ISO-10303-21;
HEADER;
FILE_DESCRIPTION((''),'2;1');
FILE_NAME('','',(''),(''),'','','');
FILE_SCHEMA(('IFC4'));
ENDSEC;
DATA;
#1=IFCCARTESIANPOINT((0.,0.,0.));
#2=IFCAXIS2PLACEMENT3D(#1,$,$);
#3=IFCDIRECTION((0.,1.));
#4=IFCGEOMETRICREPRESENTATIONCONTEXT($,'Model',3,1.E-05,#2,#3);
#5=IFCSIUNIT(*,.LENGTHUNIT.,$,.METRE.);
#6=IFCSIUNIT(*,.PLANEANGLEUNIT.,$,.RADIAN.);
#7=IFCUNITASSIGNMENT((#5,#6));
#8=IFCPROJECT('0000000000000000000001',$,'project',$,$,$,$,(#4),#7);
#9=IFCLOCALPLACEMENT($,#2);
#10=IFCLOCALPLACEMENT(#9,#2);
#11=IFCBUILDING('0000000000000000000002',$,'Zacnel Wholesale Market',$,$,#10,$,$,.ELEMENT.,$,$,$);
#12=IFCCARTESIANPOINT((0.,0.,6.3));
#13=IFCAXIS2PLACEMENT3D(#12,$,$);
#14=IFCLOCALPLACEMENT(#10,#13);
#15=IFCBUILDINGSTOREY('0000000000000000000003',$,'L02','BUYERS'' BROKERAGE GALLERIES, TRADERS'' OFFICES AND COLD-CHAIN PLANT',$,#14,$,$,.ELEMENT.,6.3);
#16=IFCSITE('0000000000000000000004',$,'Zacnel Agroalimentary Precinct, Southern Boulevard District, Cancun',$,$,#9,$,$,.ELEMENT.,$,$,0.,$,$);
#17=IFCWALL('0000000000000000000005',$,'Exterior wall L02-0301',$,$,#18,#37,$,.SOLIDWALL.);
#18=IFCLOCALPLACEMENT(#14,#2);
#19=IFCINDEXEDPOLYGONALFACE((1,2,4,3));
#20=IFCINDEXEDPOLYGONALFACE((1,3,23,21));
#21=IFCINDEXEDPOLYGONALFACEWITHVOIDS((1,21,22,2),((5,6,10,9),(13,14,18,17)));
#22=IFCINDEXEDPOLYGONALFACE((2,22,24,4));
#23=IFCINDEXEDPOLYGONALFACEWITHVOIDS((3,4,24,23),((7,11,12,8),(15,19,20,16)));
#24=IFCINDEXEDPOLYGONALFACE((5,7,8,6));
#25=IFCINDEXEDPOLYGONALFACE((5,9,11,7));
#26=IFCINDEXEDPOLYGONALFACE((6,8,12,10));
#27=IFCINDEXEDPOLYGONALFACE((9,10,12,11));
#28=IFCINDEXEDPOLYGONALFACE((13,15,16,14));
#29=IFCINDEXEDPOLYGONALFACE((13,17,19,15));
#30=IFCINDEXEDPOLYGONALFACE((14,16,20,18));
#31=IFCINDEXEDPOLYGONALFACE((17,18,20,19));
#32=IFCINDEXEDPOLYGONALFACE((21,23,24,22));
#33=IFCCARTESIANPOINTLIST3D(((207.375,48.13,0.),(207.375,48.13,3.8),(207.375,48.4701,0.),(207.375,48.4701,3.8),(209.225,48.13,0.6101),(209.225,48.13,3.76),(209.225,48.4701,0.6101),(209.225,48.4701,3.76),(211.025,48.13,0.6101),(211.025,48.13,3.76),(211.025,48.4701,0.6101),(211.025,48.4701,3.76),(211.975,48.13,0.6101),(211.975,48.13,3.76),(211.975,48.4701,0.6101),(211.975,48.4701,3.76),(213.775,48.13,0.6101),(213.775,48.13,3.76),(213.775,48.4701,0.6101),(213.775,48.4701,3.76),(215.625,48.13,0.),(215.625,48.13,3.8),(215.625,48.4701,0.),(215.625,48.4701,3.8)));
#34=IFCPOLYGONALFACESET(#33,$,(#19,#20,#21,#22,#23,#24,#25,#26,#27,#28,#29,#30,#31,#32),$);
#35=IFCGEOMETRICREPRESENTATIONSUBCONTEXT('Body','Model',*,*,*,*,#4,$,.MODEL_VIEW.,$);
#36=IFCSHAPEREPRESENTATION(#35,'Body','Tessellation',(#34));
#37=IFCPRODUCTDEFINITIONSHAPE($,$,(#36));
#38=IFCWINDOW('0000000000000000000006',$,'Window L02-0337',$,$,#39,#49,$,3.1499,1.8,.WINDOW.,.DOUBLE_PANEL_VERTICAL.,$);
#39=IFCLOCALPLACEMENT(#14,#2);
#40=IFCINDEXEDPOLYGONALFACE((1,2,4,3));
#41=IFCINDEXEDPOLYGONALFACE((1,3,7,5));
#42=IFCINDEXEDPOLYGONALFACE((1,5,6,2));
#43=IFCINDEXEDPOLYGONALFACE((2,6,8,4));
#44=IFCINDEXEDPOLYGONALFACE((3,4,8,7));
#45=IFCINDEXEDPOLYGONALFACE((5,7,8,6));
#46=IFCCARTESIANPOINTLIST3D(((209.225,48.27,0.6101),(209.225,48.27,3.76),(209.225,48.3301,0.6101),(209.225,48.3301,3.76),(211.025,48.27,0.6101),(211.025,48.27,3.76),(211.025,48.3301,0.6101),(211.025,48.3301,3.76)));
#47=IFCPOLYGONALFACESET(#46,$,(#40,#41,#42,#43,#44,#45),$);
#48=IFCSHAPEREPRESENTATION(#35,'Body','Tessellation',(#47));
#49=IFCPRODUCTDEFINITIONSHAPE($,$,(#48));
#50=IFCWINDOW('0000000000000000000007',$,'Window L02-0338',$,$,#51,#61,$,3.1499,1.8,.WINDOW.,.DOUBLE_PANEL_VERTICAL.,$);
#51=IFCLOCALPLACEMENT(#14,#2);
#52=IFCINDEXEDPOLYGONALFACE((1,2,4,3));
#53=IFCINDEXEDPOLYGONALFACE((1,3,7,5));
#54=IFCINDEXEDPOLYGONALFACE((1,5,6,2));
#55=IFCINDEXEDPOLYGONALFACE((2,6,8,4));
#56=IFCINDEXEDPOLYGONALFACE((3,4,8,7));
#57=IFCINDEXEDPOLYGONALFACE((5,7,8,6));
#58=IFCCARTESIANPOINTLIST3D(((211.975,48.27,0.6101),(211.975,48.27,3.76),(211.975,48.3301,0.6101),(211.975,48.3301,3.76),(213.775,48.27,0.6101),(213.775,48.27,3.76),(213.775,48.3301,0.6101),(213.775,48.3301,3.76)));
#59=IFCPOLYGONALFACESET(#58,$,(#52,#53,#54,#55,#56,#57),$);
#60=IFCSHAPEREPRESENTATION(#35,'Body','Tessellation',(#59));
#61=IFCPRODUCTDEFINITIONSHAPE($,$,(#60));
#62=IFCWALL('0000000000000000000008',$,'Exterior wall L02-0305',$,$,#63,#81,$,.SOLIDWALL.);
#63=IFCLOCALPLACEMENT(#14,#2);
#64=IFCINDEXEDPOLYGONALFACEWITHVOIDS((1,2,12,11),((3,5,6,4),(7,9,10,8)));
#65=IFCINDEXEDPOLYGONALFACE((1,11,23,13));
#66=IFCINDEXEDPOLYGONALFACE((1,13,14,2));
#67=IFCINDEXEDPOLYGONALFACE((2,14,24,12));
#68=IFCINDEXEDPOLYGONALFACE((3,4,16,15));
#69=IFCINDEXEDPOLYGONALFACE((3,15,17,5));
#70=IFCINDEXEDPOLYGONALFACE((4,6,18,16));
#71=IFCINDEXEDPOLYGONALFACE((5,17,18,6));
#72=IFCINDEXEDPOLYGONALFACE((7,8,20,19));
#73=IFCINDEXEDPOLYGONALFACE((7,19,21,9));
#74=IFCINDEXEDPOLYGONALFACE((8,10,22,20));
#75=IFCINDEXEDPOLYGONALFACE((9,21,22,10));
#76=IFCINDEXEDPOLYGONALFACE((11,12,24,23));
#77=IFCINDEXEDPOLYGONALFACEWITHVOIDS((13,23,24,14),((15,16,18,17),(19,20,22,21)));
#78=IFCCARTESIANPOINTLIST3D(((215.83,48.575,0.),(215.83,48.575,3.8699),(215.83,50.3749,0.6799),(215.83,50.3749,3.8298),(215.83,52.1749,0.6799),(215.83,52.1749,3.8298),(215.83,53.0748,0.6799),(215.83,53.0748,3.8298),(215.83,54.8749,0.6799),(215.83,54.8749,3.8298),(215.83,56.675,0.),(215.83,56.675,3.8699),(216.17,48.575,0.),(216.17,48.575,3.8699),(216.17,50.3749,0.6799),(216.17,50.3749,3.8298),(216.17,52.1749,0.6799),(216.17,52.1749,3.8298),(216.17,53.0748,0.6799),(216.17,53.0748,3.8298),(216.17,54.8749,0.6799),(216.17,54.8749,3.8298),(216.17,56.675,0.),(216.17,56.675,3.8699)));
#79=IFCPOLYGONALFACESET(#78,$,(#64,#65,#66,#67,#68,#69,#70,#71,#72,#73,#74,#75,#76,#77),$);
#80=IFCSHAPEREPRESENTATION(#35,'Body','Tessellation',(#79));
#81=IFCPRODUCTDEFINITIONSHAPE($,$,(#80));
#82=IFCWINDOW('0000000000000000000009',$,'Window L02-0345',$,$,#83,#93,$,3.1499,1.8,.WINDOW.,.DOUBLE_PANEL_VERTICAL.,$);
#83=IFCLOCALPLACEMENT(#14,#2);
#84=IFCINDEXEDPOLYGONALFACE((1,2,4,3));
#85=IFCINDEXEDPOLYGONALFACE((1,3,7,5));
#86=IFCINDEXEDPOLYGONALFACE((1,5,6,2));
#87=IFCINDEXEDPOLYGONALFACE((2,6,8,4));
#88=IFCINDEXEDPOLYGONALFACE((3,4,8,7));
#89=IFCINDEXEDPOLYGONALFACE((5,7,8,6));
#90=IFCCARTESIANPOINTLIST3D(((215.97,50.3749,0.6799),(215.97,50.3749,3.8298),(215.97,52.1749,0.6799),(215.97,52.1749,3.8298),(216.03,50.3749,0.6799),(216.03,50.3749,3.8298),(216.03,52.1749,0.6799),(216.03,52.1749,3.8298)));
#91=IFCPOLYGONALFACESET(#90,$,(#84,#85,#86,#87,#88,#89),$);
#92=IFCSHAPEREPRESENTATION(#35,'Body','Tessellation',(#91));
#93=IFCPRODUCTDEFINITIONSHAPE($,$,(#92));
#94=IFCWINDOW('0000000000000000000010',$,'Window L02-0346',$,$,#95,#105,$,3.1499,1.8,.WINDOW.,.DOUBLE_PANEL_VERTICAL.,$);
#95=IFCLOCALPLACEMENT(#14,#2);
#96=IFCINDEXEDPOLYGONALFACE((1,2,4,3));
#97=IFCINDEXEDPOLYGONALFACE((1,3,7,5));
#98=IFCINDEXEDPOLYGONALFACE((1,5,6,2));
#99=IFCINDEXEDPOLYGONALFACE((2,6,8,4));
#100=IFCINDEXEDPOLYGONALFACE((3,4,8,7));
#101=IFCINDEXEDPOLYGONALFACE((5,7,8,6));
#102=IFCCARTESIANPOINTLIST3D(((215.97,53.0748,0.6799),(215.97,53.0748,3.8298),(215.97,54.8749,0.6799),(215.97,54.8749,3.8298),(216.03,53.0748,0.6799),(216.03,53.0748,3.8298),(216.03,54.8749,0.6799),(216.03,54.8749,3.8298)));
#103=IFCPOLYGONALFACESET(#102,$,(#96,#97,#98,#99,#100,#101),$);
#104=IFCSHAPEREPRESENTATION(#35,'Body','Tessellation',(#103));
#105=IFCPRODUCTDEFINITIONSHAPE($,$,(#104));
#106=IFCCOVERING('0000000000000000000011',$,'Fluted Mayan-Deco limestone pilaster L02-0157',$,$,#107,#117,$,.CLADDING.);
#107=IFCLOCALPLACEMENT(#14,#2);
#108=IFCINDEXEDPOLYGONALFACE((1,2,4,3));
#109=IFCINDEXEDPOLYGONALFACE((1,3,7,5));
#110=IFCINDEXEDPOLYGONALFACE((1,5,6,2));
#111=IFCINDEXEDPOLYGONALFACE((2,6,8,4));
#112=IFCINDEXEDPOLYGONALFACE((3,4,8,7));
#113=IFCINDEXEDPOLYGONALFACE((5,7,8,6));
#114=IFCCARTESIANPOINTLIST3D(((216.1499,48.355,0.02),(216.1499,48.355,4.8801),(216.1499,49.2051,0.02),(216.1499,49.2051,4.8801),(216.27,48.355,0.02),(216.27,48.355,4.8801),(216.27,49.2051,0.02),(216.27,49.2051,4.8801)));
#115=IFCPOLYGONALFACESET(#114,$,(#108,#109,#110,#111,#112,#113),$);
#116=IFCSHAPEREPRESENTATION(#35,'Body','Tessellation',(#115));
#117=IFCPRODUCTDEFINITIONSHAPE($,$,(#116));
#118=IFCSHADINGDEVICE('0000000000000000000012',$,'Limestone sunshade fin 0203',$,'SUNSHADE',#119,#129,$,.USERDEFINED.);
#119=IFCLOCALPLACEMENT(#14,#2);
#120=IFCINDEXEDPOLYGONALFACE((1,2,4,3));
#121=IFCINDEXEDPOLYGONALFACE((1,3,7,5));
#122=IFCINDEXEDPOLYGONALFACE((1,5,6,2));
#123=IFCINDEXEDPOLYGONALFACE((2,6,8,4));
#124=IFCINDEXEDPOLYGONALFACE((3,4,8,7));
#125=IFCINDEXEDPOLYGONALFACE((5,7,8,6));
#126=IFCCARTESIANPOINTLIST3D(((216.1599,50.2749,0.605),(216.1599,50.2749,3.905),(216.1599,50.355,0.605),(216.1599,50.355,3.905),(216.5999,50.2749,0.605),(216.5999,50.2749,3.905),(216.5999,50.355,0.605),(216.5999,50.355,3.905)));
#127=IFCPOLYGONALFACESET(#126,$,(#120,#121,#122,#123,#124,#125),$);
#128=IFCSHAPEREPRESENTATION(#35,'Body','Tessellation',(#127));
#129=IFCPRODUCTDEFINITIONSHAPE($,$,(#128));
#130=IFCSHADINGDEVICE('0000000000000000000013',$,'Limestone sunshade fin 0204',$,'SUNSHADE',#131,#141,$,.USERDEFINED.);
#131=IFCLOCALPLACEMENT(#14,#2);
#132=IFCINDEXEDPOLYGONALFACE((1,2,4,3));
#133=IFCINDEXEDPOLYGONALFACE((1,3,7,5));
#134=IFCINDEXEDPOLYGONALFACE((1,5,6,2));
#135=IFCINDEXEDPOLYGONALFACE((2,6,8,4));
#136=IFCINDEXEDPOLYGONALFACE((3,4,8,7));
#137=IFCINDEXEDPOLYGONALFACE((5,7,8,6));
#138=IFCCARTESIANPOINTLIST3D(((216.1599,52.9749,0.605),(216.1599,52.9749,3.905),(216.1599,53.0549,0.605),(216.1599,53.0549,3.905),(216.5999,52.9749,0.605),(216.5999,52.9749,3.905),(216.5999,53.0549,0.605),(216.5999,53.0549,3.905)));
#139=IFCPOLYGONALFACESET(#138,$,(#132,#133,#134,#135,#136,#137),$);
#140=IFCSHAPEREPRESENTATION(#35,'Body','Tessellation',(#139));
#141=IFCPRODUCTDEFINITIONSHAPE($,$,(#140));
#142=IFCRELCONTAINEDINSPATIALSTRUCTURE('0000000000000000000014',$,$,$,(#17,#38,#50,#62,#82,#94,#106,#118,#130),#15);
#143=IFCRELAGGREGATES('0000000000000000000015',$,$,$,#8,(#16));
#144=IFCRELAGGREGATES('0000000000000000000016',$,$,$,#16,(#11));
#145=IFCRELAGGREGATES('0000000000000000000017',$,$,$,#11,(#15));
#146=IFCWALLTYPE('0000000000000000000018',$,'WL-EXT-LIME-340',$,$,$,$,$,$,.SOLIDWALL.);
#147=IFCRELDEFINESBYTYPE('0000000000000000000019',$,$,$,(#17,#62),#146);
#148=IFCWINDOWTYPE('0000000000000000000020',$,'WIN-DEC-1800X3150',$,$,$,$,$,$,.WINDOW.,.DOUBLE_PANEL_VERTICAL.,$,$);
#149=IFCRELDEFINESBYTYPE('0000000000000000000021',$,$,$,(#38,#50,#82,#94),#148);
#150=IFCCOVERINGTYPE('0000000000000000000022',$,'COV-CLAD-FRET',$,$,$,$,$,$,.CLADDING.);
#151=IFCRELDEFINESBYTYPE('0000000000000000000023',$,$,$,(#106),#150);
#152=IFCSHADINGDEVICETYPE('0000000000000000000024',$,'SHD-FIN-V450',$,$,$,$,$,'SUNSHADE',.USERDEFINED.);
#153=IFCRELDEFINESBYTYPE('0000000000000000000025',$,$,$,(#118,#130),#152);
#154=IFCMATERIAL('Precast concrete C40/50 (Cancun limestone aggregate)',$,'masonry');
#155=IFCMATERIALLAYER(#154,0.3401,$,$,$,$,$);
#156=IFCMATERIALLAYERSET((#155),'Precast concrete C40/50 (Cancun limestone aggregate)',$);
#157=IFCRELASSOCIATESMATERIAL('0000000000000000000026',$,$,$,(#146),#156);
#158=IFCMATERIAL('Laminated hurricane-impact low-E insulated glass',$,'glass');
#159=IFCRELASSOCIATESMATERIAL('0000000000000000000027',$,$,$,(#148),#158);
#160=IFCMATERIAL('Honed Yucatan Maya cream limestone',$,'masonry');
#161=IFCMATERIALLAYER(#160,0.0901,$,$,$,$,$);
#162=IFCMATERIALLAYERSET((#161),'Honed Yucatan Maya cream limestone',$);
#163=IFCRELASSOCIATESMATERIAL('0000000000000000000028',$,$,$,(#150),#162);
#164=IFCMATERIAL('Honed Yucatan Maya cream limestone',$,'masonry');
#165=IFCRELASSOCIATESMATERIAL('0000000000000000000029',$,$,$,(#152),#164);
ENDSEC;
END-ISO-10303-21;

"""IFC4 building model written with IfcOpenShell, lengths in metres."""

from ifc_helpers import new_model, si_unit, direction, frame, frame_2d, origin, origin_2d, place, context, subcontext, project, spatial, rectangle, extrude, material, layer, layer_set, type_object, element, fill, save


model = new_model("IFC4")

# Units and contexts
model_context = context("Model", 3, precision=1e-05, world=origin(), true_north=direction((0.0, 1.0)))
body_context = subcontext(model_context, "Body", "Model", "MODEL_VIEW")
ifc_project = project(units=[si_unit("LENGTHUNIT", "METRE"), si_unit("PLANEANGLEUNIT", "RADIAN")], contexts=[model_context])

# Site, building, storey
site_placement = place(None, origin())
site = spatial("IfcSite", under=ifc_project, at=site_placement, Name="Zacnel Agroalimentary Precinct, Southern Boulevard District, Cancun", CompositionType="ELEMENT", RefElevation=0.0)
building_placement = place(site_placement, origin())
building = spatial("IfcBuilding", under=site, at=building_placement, Name="Zacnel Wholesale Market", CompositionType="ELEMENT")
storey_placement = place(building_placement, frame((0.0, 0.0, 6.3)))
storey = spatial("IfcBuildingStorey", under=building, at=storey_placement, Name="L02", Description="BUYERS' BROKERAGE GALLERIES, TRADERS' OFFICES AND COLD-CHAIN PLANT", CompositionType="ELEMENT", Elevation=6.3)

# Walls, openings, windows
ifc_material_1 = material(Name="Precast concrete C40/50 (Cancun limestone aggregate)", Category="masonry")
ifc_layer_1 = layer(ifc_material_1, 0.3401)
ifc_layer_set_1 = layer_set([ifc_layer_1], Name="Precast concrete C40/50 (Cancun limestone aggregate)")
wall_type = type_object("IfcWallType", Name="WL-EXT-LIME-340", PredefinedType="SOLIDWALL", material=ifc_layer_set_1)
wall_1_placement = place(storey_placement, frame((207.375, 48.3, 0.0), z_axis=(0.0, 0.0, 1.0), x_axis=(1.0, 0.0, 0.0)))
wall_1 = element("IfcWall", 1, at=wall_1_placement, inside=storey, type_object=wall_type, Name="Exterior wall L02-0301", PredefinedType="SOLIDWALL", context=body_context, shape_type="SweptSolid", body=[
    extrude(rectangle(XDim=8.25, YDim=0.3401, at=frame_2d((4.125, 0.0))), origin(), (0.0, 0.0, 1.0), 3.8),
])
opening_1_placement = place(wall_1_placement, frame((1.8501, 0.0, 0.6101)))
opening_1 = element("IfcOpeningElement", 2, at=opening_1_placement, cuts=wall_1, PredefinedType="OPENING", context=body_context, shape_type="SweptSolid", body=[
    extrude(rectangle(XDim=1.8, YDim=3.1499, at=frame_2d((0.8999, 1.575))), frame((0.0, 0.1799, 0.0), z_axis=(0.0, -1.0, 0.0), x_axis=(1.0, 0.0, 0.0)), (0.0, 0.0, 1.0), 0.3601),
])
opening_2_placement = place(wall_1_placement, frame((4.6001, 0.0, 0.6101)))
opening_2 = element("IfcOpeningElement", 3, at=opening_2_placement, cuts=wall_1, PredefinedType="OPENING", context=body_context, shape_type="SweptSolid", body=[
    extrude(rectangle(XDim=1.8, YDim=3.1499, at=frame_2d((0.8999, 1.575))), frame((0.0, 0.1799, 0.0), z_axis=(0.0, -1.0, 0.0), x_axis=(1.0, 0.0, 0.0)), (0.0, 0.0, 1.0), 0.3601),
])
ifc_material_2 = material(Name="Laminated hurricane-impact low-E insulated glass", Category="glass")
window_type = type_object("IfcWindowType", Name="WIN-DEC-1800X3150", PartitioningType="DOUBLE_PANEL_VERTICAL", PredefinedType="WINDOW", material=ifc_material_2)
window_1_placement = place(opening_1_placement, origin())
window_1 = element("IfcWindow", 4, at=window_1_placement, inside=storey, type_object=window_type, Name="Window L02-0337", OverallHeight=3.1499, OverallWidth=1.8, PartitioningType="DOUBLE_PANEL_VERTICAL", PredefinedType="WINDOW", context=body_context, shape_type="SweptSolid", body=[
    extrude(rectangle(XDim=1.8, YDim=3.1499, at=frame_2d((0.8999, 1.575))), frame((0.0, 0.03, 0.0), z_axis=(0.0, -1.0, 0.0), x_axis=(1.0, 0.0, 0.0)), (0.0, 0.0, 1.0), 0.0601),
])
fill(opening_1, window_1)
window_2_placement = place(opening_2_placement, origin())
window_2 = element("IfcWindow", 5, at=window_2_placement, inside=storey, type_object=window_type, Name="Window L02-0338", OverallHeight=3.1499, OverallWidth=1.8, PartitioningType="DOUBLE_PANEL_VERTICAL", PredefinedType="WINDOW", context=body_context, shape_type="SweptSolid", body=[
    extrude(rectangle(XDim=1.8, YDim=3.1499, at=frame_2d((0.8999, 1.575))), frame((0.0, 0.03, 0.0), z_axis=(0.0, -1.0, 0.0), x_axis=(1.0, 0.0, 0.0)), (0.0, 0.0, 1.0), 0.0601),
])
fill(opening_2, window_2)
wall_2_placement = place(storey_placement, frame((216.0, 48.575, 0.0), z_axis=(0.0, 0.0, 1.0), x_axis=(0.0, 1.0, 0.0)))
wall_2 = element("IfcWall", 6, at=wall_2_placement, inside=storey, type_object=wall_type, Name="Exterior wall L02-0305", PredefinedType="SOLIDWALL", context=body_context, shape_type="SweptSolid", body=[
    extrude(rectangle(XDim=8.1001, YDim=0.3401, at=frame_2d((4.05, 0.0))), origin(), (0.0, 0.0, 1.0), 3.8699),
])
opening_3_placement = place(wall_2_placement, frame((1.8, 0.0, 0.6799)))
opening_3 = element("IfcOpeningElement", 7, at=opening_3_placement, cuts=wall_2, PredefinedType="OPENING", context=body_context, shape_type="SweptSolid", body=[
    extrude(rectangle(XDim=1.8, YDim=3.1499, at=frame_2d((0.8999, 1.575))), frame((0.0, 0.1799, 0.0), z_axis=(0.0, -1.0, 0.0), x_axis=(1.0, 0.0, 0.0)), (0.0, 0.0, 1.0), 0.3601),
])
opening_4_placement = place(wall_2_placement, frame((4.5, 0.0, 0.6799)))
opening_4 = element("IfcOpeningElement", 8, at=opening_4_placement, cuts=wall_2, PredefinedType="OPENING", context=body_context, shape_type="SweptSolid", body=[
    extrude(rectangle(XDim=1.8, YDim=3.1499, at=frame_2d((0.8999, 1.575))), frame((0.0, 0.1799, 0.0), z_axis=(0.0, -1.0, 0.0), x_axis=(1.0, 0.0, 0.0)), (0.0, 0.0, 1.0), 0.3601),
])
window_3_placement = place(opening_3_placement, origin())
window_3 = element("IfcWindow", 9, at=window_3_placement, inside=storey, type_object=window_type, Name="Window L02-0345", OverallHeight=3.1499, OverallWidth=1.8, PartitioningType="DOUBLE_PANEL_VERTICAL", PredefinedType="WINDOW", context=body_context, shape_type="SweptSolid", body=[
    extrude(rectangle(XDim=1.8, YDim=3.1499, at=frame_2d((0.8999, 1.575))), frame((0.0, 0.03, 0.0), z_axis=(0.0, -1.0, 0.0), x_axis=(1.0, 0.0, 0.0)), (0.0, 0.0, 1.0), 0.0601),
])
fill(opening_3, window_3)
window_4_placement = place(opening_4_placement, origin())
window_4 = element("IfcWindow", 10, at=window_4_placement, inside=storey, type_object=window_type, Name="Window L02-0346", OverallHeight=3.1499, OverallWidth=1.8, PartitioningType="DOUBLE_PANEL_VERTICAL", PredefinedType="WINDOW", context=body_context, shape_type="SweptSolid", body=[
    extrude(rectangle(XDim=1.8, YDim=3.1499, at=frame_2d((0.8999, 1.575))), frame((0.0, 0.03, 0.0), z_axis=(0.0, -1.0, 0.0), x_axis=(1.0, 0.0, 0.0)), (0.0, 0.0, 1.0), 0.0601),
])
fill(opening_4, window_4)

# Covering
ifc_material_3 = material(Name="Honed Yucatan Maya cream limestone", Category="masonry")
ifc_layer_2 = layer(ifc_material_3, 0.0901)
ifc_layer_set_2 = layer_set([ifc_layer_2], Name="Honed Yucatan Maya cream limestone")
covering_type = type_object("IfcCoveringType", Name="COV-CLAD-FRET", PredefinedType="CLADDING", material=ifc_layer_set_2)
covering_placement = place(storey_placement, frame((216.21, 48.78, 0.02), z_axis=(0.0, 0.0, 1.0), x_axis=(0.0, 1.0, 0.0)))
element("IfcCovering", 11, at=covering_placement, inside=storey, type_object=covering_type, Name="Fluted Mayan-Deco limestone pilaster L02-0157", PredefinedType="CLADDING", context=body_context, shape_type="SweptSolid", body=[
    extrude(rectangle(XDim=0.8501, YDim=0.1201, at=origin_2d()), origin(), (0.0, 0.0, 1.0), 4.8601),
])

# Shading devices
ifc_material_4 = material(Name="Honed Yucatan Maya cream limestone", Category="masonry")
shading_device_type = type_object("IfcShadingDeviceType", Name="SHD-FIN-V450", ElementType="SUNSHADE", PredefinedType="USERDEFINED", material=ifc_material_4)
for number, where, z_axis, x_axis, name in (
    (12, (216.3799, 50.3149, 0.605), (0.0, 0.0, 1.0), (0.0, 1.0, 0.0), "Limestone sunshade fin 0203"),
    (13, (216.3799, 53.0149, 0.605), (0.0, 0.0, 1.0), (0.0, 1.0, 0.0), "Limestone sunshade fin 0204"),
):
    element("IfcShadingDevice", number, at=place(storey_placement, frame(where, z_axis=z_axis, x_axis=x_axis)), inside=storey, type_object=shading_device_type, Name=name, ObjectType="SUNSHADE", PredefinedType="USERDEFINED", context=body_context, shape_type="SweptSolid", body=[
        extrude(rectangle(XDim=0.0801, YDim=0.4399, at=origin_2d()), origin(), (0.0, 0.0, 1.0), 3.3),
    ])

save(model, "model.ifc")
